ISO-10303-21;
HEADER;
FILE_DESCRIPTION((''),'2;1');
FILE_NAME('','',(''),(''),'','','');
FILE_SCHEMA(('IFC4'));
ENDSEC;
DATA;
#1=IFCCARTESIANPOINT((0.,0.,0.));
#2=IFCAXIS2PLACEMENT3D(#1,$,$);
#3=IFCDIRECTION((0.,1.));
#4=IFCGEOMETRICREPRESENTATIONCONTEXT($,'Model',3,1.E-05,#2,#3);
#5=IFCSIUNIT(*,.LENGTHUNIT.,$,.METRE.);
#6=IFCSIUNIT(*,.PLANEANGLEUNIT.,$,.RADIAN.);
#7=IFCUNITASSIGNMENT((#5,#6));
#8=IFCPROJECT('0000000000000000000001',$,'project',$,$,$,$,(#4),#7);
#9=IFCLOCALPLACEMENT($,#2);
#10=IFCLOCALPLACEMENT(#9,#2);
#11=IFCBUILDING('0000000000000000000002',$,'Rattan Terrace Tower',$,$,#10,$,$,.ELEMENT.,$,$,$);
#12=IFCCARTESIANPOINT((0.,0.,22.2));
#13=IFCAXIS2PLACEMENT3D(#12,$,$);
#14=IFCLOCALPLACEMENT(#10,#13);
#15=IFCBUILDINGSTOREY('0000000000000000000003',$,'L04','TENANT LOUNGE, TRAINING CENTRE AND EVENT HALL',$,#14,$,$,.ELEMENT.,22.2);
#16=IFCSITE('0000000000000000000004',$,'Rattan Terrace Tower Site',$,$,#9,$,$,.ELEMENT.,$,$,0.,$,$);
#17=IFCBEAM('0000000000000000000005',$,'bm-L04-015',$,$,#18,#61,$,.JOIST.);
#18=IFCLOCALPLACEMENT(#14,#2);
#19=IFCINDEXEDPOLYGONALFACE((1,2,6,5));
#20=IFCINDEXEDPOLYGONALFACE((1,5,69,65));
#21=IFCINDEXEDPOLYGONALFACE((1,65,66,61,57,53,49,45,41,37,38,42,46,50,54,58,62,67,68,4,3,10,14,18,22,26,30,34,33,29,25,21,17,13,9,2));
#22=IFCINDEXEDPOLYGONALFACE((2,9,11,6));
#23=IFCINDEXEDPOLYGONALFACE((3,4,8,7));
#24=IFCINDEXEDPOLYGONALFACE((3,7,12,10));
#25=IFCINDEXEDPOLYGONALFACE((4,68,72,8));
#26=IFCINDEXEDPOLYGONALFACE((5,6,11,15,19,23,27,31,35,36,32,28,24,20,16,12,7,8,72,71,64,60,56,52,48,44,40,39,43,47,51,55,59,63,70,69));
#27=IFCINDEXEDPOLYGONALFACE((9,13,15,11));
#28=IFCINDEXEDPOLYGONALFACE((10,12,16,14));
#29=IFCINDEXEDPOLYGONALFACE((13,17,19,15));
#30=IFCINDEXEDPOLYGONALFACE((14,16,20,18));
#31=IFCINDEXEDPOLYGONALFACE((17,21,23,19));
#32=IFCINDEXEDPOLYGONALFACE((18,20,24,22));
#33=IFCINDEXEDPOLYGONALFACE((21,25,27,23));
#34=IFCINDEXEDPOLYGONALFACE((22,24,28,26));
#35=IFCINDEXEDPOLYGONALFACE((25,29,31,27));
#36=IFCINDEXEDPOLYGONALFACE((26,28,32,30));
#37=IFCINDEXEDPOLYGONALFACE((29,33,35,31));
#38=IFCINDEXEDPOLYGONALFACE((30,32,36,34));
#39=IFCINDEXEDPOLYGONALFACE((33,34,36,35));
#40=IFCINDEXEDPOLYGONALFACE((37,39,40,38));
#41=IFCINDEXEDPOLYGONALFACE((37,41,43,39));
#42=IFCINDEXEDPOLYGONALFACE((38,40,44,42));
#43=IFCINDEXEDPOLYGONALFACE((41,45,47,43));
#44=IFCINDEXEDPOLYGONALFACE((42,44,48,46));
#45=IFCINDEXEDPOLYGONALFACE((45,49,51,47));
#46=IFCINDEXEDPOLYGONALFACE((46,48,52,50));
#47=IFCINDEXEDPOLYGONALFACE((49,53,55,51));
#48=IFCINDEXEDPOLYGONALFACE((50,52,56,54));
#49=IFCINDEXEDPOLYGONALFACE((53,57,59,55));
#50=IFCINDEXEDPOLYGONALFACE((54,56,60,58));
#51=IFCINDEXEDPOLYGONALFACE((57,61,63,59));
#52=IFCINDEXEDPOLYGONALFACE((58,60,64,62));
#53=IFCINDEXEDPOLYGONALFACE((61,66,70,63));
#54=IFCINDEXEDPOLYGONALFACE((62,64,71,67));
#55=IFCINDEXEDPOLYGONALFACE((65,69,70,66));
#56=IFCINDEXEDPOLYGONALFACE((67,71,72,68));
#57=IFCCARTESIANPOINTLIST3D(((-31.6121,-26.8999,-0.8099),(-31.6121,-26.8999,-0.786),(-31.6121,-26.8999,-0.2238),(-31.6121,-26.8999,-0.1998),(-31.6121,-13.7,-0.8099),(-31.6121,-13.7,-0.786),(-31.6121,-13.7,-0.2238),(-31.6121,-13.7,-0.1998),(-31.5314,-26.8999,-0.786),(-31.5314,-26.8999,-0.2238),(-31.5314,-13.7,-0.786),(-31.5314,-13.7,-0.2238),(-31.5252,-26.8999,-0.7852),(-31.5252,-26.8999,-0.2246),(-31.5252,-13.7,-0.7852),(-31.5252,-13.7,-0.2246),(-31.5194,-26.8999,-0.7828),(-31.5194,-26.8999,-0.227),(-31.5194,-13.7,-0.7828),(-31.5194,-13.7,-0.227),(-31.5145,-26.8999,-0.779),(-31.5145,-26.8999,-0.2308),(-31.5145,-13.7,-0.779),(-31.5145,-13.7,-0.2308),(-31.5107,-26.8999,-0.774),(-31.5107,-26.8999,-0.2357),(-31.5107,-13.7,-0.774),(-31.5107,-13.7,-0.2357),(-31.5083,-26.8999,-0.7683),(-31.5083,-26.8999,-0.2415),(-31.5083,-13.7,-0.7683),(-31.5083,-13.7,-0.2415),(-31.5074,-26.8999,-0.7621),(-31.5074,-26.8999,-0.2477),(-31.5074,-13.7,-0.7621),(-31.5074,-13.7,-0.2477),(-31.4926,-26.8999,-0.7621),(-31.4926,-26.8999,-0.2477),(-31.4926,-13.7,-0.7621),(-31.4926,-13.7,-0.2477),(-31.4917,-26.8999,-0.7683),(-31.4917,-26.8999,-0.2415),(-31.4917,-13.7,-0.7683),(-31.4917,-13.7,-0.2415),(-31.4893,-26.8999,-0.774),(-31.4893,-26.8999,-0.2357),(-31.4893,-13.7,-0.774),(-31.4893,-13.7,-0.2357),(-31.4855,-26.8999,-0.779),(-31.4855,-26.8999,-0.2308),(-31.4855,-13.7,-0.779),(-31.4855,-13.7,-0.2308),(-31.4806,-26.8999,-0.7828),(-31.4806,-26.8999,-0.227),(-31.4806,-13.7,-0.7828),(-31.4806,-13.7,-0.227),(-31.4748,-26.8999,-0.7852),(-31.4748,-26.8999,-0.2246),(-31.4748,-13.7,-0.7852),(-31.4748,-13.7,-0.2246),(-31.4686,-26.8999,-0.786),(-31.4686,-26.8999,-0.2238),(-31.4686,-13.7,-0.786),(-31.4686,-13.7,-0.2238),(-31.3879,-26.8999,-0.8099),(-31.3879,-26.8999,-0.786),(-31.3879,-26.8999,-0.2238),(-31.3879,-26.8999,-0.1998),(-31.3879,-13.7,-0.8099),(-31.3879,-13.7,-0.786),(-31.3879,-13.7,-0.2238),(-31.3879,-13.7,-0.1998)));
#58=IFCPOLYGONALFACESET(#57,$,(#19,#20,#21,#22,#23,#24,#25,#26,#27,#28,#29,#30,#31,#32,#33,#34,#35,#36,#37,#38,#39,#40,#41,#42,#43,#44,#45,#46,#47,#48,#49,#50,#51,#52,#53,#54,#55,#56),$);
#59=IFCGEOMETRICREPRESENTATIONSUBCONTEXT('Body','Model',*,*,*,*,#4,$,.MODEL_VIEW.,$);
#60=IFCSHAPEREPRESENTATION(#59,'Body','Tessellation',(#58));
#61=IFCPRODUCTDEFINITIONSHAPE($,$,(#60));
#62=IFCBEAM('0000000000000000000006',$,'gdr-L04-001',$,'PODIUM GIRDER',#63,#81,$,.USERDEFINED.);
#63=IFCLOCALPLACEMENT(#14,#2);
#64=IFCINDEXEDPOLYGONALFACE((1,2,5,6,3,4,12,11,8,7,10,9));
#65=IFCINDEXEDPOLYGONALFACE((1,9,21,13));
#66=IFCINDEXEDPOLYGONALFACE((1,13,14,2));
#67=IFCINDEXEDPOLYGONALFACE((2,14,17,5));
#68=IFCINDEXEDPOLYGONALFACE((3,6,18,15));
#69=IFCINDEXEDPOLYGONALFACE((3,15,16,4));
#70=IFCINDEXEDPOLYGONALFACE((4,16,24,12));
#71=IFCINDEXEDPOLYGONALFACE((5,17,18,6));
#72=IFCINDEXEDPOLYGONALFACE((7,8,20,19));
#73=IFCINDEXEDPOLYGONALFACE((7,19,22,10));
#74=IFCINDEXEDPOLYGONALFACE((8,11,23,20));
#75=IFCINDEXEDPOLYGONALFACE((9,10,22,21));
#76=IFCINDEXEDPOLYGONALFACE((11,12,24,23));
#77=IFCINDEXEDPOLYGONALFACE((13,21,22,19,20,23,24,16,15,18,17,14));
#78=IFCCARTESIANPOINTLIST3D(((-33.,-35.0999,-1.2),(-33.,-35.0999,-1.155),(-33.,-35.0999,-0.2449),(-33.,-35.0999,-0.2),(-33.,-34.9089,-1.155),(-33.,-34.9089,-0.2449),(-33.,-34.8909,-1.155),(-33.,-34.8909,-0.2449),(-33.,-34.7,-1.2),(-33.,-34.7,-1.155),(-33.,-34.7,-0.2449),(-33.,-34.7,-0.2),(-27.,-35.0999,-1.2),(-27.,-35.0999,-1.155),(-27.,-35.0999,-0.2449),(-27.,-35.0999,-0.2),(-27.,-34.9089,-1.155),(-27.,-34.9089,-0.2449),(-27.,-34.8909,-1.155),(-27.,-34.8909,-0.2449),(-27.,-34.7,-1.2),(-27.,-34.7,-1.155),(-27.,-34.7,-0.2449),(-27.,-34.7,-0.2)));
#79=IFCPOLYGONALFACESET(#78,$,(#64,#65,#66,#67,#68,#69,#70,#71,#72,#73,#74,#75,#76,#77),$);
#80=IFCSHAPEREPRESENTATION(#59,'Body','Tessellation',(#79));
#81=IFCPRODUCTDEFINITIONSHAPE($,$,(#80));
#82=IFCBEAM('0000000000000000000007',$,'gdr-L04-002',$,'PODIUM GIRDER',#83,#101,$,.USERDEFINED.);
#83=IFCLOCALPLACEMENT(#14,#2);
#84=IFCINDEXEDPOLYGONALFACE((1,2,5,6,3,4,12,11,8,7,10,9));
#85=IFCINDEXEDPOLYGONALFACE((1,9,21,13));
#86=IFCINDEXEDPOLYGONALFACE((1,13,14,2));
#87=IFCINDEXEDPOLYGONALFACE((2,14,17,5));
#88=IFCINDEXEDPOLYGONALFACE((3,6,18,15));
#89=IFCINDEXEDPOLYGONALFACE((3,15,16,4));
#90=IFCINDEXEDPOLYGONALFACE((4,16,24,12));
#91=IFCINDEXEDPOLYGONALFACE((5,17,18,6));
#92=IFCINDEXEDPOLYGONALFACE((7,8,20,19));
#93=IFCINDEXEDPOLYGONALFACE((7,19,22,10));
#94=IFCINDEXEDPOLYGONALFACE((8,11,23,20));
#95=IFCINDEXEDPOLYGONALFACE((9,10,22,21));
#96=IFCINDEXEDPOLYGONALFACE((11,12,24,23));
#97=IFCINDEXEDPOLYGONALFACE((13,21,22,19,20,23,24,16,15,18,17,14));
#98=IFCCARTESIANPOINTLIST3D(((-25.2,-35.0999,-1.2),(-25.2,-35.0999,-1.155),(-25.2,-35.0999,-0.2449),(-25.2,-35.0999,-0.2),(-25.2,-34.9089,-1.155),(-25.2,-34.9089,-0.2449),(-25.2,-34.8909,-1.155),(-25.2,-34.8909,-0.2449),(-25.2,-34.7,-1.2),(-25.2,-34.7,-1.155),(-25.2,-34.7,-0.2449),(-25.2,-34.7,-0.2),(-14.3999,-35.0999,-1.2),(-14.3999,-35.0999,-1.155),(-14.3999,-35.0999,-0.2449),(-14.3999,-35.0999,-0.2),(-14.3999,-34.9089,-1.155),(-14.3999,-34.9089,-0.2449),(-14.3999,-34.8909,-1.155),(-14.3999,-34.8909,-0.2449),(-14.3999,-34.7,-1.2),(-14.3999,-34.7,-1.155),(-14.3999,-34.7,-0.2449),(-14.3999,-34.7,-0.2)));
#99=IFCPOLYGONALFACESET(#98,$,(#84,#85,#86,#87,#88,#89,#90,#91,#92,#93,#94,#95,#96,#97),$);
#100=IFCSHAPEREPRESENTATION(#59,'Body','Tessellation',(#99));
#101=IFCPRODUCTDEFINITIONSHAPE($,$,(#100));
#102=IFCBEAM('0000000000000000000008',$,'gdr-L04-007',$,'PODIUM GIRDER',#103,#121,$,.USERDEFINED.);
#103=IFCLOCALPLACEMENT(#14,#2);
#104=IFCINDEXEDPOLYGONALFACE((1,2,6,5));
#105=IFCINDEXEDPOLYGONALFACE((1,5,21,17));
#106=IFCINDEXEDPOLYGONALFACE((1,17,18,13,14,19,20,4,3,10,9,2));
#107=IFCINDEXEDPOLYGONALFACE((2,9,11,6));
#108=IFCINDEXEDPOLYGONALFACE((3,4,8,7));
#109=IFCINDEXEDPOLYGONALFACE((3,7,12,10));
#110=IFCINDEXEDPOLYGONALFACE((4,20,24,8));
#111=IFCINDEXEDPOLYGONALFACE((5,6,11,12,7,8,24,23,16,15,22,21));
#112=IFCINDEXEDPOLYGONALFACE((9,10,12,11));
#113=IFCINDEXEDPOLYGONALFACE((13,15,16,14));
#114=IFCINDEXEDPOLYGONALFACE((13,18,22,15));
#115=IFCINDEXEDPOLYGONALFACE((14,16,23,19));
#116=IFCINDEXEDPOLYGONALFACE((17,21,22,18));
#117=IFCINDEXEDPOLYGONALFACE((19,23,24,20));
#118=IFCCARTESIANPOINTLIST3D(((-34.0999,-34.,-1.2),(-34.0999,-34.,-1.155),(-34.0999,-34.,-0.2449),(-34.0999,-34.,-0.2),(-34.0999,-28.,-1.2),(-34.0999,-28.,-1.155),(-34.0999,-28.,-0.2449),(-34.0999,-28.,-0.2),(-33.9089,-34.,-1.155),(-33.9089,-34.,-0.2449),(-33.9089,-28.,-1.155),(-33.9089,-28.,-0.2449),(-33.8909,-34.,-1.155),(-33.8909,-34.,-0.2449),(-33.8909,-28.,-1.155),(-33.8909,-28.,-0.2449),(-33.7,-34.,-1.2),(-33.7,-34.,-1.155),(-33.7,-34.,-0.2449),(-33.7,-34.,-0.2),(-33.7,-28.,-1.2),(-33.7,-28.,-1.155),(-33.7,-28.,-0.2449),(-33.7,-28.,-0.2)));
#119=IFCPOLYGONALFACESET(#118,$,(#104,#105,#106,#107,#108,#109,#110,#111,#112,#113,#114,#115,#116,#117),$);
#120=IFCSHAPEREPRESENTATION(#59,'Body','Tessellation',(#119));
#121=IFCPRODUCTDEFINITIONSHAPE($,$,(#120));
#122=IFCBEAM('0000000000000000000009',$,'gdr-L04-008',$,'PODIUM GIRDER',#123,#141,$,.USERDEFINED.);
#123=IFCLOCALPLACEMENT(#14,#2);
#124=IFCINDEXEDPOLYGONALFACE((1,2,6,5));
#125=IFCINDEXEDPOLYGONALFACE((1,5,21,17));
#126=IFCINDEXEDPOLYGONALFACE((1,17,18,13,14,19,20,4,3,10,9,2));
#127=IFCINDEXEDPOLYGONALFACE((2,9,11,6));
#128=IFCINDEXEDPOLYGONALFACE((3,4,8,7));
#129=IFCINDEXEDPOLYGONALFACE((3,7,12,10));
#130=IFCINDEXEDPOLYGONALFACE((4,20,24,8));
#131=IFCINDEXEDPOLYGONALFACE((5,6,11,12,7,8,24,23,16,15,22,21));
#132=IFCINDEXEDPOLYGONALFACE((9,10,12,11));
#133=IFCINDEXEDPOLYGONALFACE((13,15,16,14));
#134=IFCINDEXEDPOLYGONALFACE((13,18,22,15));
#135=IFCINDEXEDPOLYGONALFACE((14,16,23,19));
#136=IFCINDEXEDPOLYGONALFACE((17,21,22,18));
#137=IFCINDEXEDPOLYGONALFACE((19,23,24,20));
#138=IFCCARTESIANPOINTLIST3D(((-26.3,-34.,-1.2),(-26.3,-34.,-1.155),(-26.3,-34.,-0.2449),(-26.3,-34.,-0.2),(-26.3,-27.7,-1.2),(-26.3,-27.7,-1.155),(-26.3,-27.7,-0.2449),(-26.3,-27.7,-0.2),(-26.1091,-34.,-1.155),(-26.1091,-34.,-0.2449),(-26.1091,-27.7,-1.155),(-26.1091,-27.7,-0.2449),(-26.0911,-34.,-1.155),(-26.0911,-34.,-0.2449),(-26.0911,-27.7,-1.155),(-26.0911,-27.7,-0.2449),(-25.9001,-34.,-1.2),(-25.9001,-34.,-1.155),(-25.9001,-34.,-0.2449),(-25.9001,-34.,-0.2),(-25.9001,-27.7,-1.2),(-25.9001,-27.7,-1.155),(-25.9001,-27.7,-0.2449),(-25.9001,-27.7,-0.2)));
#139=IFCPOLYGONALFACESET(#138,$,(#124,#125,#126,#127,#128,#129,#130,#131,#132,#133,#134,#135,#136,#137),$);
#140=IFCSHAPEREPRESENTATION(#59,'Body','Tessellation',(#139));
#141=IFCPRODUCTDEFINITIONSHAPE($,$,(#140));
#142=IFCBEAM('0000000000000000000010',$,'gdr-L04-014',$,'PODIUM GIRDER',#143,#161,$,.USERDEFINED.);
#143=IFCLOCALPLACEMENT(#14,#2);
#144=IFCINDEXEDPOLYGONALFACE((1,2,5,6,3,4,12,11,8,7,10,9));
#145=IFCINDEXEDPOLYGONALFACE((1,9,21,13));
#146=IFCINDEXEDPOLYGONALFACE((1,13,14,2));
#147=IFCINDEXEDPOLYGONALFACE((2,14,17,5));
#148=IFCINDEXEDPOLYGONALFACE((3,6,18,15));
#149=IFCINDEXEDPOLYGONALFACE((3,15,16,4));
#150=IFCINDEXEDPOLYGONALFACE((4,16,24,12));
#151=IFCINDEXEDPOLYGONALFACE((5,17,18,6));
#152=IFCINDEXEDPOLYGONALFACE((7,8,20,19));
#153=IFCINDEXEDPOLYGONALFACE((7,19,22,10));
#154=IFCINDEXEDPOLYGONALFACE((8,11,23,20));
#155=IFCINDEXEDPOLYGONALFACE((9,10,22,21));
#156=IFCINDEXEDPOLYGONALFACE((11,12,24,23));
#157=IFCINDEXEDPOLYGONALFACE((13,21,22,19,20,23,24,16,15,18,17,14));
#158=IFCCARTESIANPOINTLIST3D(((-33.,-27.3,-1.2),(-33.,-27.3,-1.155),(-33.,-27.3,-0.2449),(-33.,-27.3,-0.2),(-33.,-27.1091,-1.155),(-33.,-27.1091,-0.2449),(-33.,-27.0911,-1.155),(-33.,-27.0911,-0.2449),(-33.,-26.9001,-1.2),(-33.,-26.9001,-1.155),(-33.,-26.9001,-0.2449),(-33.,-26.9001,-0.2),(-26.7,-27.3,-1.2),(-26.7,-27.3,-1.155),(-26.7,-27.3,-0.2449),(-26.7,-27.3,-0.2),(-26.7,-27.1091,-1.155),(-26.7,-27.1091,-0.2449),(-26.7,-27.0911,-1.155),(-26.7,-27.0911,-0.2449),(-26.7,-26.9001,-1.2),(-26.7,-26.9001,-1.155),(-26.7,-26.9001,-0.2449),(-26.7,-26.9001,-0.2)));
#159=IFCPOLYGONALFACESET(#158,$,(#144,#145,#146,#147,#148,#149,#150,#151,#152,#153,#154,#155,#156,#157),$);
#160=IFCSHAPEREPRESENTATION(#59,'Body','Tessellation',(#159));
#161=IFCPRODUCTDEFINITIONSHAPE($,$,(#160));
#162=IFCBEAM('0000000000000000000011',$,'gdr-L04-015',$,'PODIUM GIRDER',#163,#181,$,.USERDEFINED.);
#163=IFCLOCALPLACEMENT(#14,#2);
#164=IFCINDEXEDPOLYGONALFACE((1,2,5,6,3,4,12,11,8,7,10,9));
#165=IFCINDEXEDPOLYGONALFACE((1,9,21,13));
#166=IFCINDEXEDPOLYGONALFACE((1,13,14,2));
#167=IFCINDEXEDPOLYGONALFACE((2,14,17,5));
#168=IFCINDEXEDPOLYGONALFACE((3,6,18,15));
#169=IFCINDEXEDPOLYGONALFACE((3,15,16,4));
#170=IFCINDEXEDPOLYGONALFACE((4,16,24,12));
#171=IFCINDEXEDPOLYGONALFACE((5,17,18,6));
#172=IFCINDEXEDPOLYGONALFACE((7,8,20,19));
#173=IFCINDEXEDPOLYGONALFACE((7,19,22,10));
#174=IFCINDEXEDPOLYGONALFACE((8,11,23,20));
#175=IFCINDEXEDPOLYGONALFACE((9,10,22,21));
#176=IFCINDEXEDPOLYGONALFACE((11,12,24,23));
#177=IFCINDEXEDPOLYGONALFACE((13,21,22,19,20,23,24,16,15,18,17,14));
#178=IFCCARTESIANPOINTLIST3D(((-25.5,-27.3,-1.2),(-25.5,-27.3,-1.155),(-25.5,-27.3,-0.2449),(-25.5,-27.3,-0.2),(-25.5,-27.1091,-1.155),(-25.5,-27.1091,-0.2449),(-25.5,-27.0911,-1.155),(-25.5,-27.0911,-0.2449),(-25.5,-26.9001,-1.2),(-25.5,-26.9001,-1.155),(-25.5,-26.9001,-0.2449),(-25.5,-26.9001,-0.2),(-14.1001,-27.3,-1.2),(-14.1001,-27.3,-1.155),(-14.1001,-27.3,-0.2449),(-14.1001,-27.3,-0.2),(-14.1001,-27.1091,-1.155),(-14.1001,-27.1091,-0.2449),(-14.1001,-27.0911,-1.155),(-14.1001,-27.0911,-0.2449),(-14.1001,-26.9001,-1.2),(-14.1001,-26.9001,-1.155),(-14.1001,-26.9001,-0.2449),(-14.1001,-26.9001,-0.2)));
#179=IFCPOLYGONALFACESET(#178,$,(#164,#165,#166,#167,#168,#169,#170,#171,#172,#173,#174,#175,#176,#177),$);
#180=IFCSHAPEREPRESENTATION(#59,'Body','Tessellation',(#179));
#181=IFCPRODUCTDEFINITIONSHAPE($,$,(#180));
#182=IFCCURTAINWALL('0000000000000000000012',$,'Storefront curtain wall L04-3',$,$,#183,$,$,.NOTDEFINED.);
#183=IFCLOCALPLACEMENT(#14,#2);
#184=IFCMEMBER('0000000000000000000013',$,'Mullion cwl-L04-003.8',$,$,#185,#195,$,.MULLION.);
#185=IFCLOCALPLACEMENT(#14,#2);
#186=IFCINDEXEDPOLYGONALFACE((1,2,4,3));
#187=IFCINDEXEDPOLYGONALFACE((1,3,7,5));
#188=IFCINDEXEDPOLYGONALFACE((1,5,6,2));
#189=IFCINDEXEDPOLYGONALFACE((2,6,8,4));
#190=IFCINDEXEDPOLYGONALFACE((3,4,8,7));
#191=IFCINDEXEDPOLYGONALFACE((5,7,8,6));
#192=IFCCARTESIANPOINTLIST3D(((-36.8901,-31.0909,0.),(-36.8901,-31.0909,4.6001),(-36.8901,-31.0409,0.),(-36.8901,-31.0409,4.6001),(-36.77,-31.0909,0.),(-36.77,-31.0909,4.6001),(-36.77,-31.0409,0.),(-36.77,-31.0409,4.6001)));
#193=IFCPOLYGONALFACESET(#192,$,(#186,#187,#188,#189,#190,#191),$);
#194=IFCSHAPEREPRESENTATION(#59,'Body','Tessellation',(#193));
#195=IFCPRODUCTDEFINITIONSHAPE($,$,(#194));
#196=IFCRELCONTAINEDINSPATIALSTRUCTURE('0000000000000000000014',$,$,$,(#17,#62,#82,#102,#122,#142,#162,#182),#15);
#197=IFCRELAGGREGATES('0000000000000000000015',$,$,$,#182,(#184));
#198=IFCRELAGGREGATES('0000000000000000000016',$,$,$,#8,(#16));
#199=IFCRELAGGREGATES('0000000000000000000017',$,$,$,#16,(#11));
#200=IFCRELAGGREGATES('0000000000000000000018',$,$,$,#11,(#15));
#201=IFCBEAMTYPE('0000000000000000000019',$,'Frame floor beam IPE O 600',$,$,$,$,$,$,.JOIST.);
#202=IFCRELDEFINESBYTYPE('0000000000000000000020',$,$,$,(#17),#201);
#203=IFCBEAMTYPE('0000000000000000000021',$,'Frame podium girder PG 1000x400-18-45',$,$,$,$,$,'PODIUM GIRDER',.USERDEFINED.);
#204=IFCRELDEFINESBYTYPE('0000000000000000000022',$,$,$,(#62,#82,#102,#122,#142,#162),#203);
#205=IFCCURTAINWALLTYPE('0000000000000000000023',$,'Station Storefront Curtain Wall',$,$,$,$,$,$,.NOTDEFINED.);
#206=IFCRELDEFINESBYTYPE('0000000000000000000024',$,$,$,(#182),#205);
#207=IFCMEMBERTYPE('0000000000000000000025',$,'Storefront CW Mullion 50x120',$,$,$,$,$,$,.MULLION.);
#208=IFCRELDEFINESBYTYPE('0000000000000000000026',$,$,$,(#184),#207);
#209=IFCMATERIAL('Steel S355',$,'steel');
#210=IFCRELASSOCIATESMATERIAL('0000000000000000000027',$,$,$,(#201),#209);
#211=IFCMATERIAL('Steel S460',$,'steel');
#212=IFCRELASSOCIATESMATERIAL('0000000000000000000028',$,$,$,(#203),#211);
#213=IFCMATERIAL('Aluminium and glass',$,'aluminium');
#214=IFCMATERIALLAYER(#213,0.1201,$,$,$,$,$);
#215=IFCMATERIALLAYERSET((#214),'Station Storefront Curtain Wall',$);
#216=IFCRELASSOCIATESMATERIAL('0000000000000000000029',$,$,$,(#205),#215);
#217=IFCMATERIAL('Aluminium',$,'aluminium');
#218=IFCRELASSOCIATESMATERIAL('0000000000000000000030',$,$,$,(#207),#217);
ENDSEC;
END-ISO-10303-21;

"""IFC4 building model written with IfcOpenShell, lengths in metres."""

from ifc_helpers import new_model, si_unit, direction, frame, origin, origin_2d, place, context, subcontext, project, spatial, rectangle, i_section, extrude, material, layer, layer_set, material_profile, profile_set, type_object, element, aggregate, save


model = new_model("IFC4")

# Units and contexts
model_context = context("Model", 3, precision=1e-05, world=origin(), true_north=direction((0.0, 1.0)))
body_context = subcontext(model_context, "Body", "Model", "MODEL_VIEW")
ifc_project = project(units=[si_unit("LENGTHUNIT", "METRE"), si_unit("PLANEANGLEUNIT", "RADIAN")], contexts=[model_context])

# Site, building, storey
site_placement = place(None, origin())
site = spatial("IfcSite", under=ifc_project, at=site_placement, Name="Rattan Terrace Tower Site", CompositionType="ELEMENT", RefElevation=0.0)
building_placement = place(site_placement, origin())
building = spatial("IfcBuilding", under=site, at=building_placement, Name="Rattan Terrace Tower", CompositionType="ELEMENT")
storey_placement = place(building_placement, frame((0.0, 0.0, 22.2)))
storey = spatial("IfcBuildingStorey", under=building, at=storey_placement, Name="L04", Description="TENANT LOUNGE, TRAINING CENTRE AND EVENT HALL", CompositionType="ELEMENT", Elevation=22.2)

# Beams
ifc_material_1 = material(Name="Steel S355", Category="steel")
ifc_material_profile_1 = material_profile(ifc_material_1, i_section(OverallWidth=0.2241, OverallDepth=0.6101, WebThickness=0.0149, FlangeThickness=0.0239, FilletRadius=0.0239, at=origin_2d()), Name="IPE O 600")
ifc_profile_set_1 = profile_set([ifc_material_profile_1], Name="Steel S355")
beam_type_1 = type_object("IfcBeamType", Name="Frame floor beam IPE O 600", PredefinedType="JOIST", material=ifc_profile_set_1)
beam_1_placement = place(storey_placement, frame((-31.5, -26.8999, -0.5049), z_axis=(0.0, 1.0, 0.0), x_axis=(-1.0, 0.0, 0.0)))
element("IfcBeam", 1, at=beam_1_placement, inside=storey, type_object=beam_type_1, Name="bm-L04-015", PredefinedType="JOIST", context=body_context, shape_type="SweptSolid", body=[
    extrude(i_section(OverallWidth=0.2241, OverallDepth=0.6101, WebThickness=0.0149, FlangeThickness=0.0239, FilletRadius=0.0239, at=origin_2d()), origin(), (0.0, 0.0, 1.0), 13.2),
])
ifc_material_2 = material(Name="Steel S460", Category="steel")
ifc_material_profile_2 = material_profile(ifc_material_2, i_section(OverallWidth=0.3999, OverallDepth=1.0, WebThickness=0.0181, FlangeThickness=0.0449, at=origin_2d()), Name="PG 1000x400-18-45")
ifc_profile_set_2 = profile_set([ifc_material_profile_2], Name="Steel S460")
beam_type_2 = type_object("IfcBeamType", Name="Frame podium girder PG 1000x400-18-45", ElementType="PODIUM GIRDER", PredefinedType="USERDEFINED", material=ifc_profile_set_2)
beam_2_placement = place(storey_placement, frame((-33.0, -34.8999, -0.7), z_axis=(1.0, 0.0, 0.0), x_axis=(0.0, 1.0, 0.0)))
element("IfcBeam", 2, at=beam_2_placement, inside=storey, type_object=beam_type_2, Name="gdr-L04-001", ObjectType="PODIUM GIRDER", PredefinedType="USERDEFINED", context=body_context, shape_type="SweptSolid", body=[
    extrude(i_section(OverallWidth=0.3999, OverallDepth=1.0, WebThickness=0.0181, FlangeThickness=0.0449, at=origin_2d()), origin(), (0.0, 0.0, 1.0), 6.0),
])
beam_3_placement = place(storey_placement, frame((-25.2, -34.8999, -0.7), z_axis=(1.0, 0.0, 0.0), x_axis=(0.0, 1.0, 0.0)))
element("IfcBeam", 3, at=beam_3_placement, inside=storey, type_object=beam_type_2, Name="gdr-L04-002", ObjectType="PODIUM GIRDER", PredefinedType="USERDEFINED", context=body_context, shape_type="SweptSolid", body=[
    extrude(i_section(OverallWidth=0.3999, OverallDepth=1.0, WebThickness=0.0181, FlangeThickness=0.0449, at=origin_2d()), origin(), (0.0, 0.0, 1.0), 10.8),
])
beam_4_placement = place(storey_placement, frame((-33.8999, -34.0, -0.7), z_axis=(0.0, 1.0, 0.0), x_axis=(-1.0, 0.0, 0.0)))
element("IfcBeam", 4, at=beam_4_placement, inside=storey, type_object=beam_type_2, Name="gdr-L04-007", ObjectType="PODIUM GIRDER", PredefinedType="USERDEFINED", context=body_context, shape_type="SweptSolid", body=[
    extrude(i_section(OverallWidth=0.3999, OverallDepth=1.0, WebThickness=0.0181, FlangeThickness=0.0449, at=origin_2d()), origin(), (0.0, 0.0, 1.0), 6.0),
])
for number, where, z_axis, x_axis, name in (
    (5, (-26.1001, -34.0, -0.7), (0.0, 1.0, 0.0), (-1.0, 0.0, 0.0), "gdr-L04-008"),
    (6, (-33.0, -27.1001, -0.7), (1.0, 0.0, 0.0), (0.0, 1.0, 0.0), "gdr-L04-014"),
):
    element("IfcBeam", number, at=place(storey_placement, frame(where, z_axis=z_axis, x_axis=x_axis)), inside=storey, type_object=beam_type_2, Name=name, ObjectType="PODIUM GIRDER", PredefinedType="USERDEFINED", context=body_context, shape_type="SweptSolid", body=[
        extrude(i_section(OverallWidth=0.3999, OverallDepth=1.0, WebThickness=0.0181, FlangeThickness=0.0449, at=origin_2d()), origin(), (0.0, 0.0, 1.0), 6.3),
    ])
beam_5_placement = place(storey_placement, frame((-25.5, -27.1001, -0.7), z_axis=(1.0, 0.0, 0.0), x_axis=(0.0, 1.0, 0.0)))
element("IfcBeam", 7, at=beam_5_placement, inside=storey, type_object=beam_type_2, Name="gdr-L04-015", ObjectType="PODIUM GIRDER", PredefinedType="USERDEFINED", context=body_context, shape_type="SweptSolid", body=[
    extrude(i_section(OverallWidth=0.3999, OverallDepth=1.0, WebThickness=0.0181, FlangeThickness=0.0449, at=origin_2d()), origin(), (0.0, 0.0, 1.0), 11.3999),
])

# Curtain wall, member
ifc_material_3 = material(Name="Aluminium and glass", Category="aluminium")
ifc_layer_1 = layer(ifc_material_3, 0.1201)
ifc_layer_set_1 = layer_set([ifc_layer_1], Name="Station Storefront Curtain Wall")
curtain_wall_type = type_object("IfcCurtainWallType", Name="Station Storefront Curtain Wall", PredefinedType="NOTDEFINED", material=ifc_layer_set_1)
curtain_wall_1_placement = place(storey_placement, origin())
curtain_wall_1 = element("IfcCurtainWall", 8, at=curtain_wall_1_placement, inside=storey, type_object=curtain_wall_type, Name="Storefront curtain wall L04-3", PredefinedType="NOTDEFINED")
ifc_material_4 = material(Name="Aluminium", Category="aluminium")
ifc_material_profile_3 = material_profile(ifc_material_4, rectangle(XDim=0.05, YDim=0.1201, at=origin_2d()), Name="Aluminium 50x120")
ifc_profile_set_3 = profile_set([ifc_material_profile_3], Name="Aluminium")
member_type_1 = type_object("IfcMemberType", Name="Storefront CW Mullion 50x120", PredefinedType="MULLION", material=ifc_profile_set_3)
member_1_placement = place(storey_placement, frame((-36.8301, -31.0659, 0.0), z_axis=(0.0, 0.0, 1.0), x_axis=(0.0, -1.0, 0.0)))
member_1 = element("IfcMember", 9, at=member_1_placement, type_object=member_type_1, Name="Mullion cwl-L04-003.8", PredefinedType="MULLION", context=body_context, shape_type="SweptSolid", body=[
    extrude(rectangle(XDim=0.05, YDim=0.1201, at=origin_2d()), origin(), (0.0, 0.0, 1.0), 4.6001),
])

aggregate(curtain_wall_1, [member_1])

save(model, "model.ifc")
